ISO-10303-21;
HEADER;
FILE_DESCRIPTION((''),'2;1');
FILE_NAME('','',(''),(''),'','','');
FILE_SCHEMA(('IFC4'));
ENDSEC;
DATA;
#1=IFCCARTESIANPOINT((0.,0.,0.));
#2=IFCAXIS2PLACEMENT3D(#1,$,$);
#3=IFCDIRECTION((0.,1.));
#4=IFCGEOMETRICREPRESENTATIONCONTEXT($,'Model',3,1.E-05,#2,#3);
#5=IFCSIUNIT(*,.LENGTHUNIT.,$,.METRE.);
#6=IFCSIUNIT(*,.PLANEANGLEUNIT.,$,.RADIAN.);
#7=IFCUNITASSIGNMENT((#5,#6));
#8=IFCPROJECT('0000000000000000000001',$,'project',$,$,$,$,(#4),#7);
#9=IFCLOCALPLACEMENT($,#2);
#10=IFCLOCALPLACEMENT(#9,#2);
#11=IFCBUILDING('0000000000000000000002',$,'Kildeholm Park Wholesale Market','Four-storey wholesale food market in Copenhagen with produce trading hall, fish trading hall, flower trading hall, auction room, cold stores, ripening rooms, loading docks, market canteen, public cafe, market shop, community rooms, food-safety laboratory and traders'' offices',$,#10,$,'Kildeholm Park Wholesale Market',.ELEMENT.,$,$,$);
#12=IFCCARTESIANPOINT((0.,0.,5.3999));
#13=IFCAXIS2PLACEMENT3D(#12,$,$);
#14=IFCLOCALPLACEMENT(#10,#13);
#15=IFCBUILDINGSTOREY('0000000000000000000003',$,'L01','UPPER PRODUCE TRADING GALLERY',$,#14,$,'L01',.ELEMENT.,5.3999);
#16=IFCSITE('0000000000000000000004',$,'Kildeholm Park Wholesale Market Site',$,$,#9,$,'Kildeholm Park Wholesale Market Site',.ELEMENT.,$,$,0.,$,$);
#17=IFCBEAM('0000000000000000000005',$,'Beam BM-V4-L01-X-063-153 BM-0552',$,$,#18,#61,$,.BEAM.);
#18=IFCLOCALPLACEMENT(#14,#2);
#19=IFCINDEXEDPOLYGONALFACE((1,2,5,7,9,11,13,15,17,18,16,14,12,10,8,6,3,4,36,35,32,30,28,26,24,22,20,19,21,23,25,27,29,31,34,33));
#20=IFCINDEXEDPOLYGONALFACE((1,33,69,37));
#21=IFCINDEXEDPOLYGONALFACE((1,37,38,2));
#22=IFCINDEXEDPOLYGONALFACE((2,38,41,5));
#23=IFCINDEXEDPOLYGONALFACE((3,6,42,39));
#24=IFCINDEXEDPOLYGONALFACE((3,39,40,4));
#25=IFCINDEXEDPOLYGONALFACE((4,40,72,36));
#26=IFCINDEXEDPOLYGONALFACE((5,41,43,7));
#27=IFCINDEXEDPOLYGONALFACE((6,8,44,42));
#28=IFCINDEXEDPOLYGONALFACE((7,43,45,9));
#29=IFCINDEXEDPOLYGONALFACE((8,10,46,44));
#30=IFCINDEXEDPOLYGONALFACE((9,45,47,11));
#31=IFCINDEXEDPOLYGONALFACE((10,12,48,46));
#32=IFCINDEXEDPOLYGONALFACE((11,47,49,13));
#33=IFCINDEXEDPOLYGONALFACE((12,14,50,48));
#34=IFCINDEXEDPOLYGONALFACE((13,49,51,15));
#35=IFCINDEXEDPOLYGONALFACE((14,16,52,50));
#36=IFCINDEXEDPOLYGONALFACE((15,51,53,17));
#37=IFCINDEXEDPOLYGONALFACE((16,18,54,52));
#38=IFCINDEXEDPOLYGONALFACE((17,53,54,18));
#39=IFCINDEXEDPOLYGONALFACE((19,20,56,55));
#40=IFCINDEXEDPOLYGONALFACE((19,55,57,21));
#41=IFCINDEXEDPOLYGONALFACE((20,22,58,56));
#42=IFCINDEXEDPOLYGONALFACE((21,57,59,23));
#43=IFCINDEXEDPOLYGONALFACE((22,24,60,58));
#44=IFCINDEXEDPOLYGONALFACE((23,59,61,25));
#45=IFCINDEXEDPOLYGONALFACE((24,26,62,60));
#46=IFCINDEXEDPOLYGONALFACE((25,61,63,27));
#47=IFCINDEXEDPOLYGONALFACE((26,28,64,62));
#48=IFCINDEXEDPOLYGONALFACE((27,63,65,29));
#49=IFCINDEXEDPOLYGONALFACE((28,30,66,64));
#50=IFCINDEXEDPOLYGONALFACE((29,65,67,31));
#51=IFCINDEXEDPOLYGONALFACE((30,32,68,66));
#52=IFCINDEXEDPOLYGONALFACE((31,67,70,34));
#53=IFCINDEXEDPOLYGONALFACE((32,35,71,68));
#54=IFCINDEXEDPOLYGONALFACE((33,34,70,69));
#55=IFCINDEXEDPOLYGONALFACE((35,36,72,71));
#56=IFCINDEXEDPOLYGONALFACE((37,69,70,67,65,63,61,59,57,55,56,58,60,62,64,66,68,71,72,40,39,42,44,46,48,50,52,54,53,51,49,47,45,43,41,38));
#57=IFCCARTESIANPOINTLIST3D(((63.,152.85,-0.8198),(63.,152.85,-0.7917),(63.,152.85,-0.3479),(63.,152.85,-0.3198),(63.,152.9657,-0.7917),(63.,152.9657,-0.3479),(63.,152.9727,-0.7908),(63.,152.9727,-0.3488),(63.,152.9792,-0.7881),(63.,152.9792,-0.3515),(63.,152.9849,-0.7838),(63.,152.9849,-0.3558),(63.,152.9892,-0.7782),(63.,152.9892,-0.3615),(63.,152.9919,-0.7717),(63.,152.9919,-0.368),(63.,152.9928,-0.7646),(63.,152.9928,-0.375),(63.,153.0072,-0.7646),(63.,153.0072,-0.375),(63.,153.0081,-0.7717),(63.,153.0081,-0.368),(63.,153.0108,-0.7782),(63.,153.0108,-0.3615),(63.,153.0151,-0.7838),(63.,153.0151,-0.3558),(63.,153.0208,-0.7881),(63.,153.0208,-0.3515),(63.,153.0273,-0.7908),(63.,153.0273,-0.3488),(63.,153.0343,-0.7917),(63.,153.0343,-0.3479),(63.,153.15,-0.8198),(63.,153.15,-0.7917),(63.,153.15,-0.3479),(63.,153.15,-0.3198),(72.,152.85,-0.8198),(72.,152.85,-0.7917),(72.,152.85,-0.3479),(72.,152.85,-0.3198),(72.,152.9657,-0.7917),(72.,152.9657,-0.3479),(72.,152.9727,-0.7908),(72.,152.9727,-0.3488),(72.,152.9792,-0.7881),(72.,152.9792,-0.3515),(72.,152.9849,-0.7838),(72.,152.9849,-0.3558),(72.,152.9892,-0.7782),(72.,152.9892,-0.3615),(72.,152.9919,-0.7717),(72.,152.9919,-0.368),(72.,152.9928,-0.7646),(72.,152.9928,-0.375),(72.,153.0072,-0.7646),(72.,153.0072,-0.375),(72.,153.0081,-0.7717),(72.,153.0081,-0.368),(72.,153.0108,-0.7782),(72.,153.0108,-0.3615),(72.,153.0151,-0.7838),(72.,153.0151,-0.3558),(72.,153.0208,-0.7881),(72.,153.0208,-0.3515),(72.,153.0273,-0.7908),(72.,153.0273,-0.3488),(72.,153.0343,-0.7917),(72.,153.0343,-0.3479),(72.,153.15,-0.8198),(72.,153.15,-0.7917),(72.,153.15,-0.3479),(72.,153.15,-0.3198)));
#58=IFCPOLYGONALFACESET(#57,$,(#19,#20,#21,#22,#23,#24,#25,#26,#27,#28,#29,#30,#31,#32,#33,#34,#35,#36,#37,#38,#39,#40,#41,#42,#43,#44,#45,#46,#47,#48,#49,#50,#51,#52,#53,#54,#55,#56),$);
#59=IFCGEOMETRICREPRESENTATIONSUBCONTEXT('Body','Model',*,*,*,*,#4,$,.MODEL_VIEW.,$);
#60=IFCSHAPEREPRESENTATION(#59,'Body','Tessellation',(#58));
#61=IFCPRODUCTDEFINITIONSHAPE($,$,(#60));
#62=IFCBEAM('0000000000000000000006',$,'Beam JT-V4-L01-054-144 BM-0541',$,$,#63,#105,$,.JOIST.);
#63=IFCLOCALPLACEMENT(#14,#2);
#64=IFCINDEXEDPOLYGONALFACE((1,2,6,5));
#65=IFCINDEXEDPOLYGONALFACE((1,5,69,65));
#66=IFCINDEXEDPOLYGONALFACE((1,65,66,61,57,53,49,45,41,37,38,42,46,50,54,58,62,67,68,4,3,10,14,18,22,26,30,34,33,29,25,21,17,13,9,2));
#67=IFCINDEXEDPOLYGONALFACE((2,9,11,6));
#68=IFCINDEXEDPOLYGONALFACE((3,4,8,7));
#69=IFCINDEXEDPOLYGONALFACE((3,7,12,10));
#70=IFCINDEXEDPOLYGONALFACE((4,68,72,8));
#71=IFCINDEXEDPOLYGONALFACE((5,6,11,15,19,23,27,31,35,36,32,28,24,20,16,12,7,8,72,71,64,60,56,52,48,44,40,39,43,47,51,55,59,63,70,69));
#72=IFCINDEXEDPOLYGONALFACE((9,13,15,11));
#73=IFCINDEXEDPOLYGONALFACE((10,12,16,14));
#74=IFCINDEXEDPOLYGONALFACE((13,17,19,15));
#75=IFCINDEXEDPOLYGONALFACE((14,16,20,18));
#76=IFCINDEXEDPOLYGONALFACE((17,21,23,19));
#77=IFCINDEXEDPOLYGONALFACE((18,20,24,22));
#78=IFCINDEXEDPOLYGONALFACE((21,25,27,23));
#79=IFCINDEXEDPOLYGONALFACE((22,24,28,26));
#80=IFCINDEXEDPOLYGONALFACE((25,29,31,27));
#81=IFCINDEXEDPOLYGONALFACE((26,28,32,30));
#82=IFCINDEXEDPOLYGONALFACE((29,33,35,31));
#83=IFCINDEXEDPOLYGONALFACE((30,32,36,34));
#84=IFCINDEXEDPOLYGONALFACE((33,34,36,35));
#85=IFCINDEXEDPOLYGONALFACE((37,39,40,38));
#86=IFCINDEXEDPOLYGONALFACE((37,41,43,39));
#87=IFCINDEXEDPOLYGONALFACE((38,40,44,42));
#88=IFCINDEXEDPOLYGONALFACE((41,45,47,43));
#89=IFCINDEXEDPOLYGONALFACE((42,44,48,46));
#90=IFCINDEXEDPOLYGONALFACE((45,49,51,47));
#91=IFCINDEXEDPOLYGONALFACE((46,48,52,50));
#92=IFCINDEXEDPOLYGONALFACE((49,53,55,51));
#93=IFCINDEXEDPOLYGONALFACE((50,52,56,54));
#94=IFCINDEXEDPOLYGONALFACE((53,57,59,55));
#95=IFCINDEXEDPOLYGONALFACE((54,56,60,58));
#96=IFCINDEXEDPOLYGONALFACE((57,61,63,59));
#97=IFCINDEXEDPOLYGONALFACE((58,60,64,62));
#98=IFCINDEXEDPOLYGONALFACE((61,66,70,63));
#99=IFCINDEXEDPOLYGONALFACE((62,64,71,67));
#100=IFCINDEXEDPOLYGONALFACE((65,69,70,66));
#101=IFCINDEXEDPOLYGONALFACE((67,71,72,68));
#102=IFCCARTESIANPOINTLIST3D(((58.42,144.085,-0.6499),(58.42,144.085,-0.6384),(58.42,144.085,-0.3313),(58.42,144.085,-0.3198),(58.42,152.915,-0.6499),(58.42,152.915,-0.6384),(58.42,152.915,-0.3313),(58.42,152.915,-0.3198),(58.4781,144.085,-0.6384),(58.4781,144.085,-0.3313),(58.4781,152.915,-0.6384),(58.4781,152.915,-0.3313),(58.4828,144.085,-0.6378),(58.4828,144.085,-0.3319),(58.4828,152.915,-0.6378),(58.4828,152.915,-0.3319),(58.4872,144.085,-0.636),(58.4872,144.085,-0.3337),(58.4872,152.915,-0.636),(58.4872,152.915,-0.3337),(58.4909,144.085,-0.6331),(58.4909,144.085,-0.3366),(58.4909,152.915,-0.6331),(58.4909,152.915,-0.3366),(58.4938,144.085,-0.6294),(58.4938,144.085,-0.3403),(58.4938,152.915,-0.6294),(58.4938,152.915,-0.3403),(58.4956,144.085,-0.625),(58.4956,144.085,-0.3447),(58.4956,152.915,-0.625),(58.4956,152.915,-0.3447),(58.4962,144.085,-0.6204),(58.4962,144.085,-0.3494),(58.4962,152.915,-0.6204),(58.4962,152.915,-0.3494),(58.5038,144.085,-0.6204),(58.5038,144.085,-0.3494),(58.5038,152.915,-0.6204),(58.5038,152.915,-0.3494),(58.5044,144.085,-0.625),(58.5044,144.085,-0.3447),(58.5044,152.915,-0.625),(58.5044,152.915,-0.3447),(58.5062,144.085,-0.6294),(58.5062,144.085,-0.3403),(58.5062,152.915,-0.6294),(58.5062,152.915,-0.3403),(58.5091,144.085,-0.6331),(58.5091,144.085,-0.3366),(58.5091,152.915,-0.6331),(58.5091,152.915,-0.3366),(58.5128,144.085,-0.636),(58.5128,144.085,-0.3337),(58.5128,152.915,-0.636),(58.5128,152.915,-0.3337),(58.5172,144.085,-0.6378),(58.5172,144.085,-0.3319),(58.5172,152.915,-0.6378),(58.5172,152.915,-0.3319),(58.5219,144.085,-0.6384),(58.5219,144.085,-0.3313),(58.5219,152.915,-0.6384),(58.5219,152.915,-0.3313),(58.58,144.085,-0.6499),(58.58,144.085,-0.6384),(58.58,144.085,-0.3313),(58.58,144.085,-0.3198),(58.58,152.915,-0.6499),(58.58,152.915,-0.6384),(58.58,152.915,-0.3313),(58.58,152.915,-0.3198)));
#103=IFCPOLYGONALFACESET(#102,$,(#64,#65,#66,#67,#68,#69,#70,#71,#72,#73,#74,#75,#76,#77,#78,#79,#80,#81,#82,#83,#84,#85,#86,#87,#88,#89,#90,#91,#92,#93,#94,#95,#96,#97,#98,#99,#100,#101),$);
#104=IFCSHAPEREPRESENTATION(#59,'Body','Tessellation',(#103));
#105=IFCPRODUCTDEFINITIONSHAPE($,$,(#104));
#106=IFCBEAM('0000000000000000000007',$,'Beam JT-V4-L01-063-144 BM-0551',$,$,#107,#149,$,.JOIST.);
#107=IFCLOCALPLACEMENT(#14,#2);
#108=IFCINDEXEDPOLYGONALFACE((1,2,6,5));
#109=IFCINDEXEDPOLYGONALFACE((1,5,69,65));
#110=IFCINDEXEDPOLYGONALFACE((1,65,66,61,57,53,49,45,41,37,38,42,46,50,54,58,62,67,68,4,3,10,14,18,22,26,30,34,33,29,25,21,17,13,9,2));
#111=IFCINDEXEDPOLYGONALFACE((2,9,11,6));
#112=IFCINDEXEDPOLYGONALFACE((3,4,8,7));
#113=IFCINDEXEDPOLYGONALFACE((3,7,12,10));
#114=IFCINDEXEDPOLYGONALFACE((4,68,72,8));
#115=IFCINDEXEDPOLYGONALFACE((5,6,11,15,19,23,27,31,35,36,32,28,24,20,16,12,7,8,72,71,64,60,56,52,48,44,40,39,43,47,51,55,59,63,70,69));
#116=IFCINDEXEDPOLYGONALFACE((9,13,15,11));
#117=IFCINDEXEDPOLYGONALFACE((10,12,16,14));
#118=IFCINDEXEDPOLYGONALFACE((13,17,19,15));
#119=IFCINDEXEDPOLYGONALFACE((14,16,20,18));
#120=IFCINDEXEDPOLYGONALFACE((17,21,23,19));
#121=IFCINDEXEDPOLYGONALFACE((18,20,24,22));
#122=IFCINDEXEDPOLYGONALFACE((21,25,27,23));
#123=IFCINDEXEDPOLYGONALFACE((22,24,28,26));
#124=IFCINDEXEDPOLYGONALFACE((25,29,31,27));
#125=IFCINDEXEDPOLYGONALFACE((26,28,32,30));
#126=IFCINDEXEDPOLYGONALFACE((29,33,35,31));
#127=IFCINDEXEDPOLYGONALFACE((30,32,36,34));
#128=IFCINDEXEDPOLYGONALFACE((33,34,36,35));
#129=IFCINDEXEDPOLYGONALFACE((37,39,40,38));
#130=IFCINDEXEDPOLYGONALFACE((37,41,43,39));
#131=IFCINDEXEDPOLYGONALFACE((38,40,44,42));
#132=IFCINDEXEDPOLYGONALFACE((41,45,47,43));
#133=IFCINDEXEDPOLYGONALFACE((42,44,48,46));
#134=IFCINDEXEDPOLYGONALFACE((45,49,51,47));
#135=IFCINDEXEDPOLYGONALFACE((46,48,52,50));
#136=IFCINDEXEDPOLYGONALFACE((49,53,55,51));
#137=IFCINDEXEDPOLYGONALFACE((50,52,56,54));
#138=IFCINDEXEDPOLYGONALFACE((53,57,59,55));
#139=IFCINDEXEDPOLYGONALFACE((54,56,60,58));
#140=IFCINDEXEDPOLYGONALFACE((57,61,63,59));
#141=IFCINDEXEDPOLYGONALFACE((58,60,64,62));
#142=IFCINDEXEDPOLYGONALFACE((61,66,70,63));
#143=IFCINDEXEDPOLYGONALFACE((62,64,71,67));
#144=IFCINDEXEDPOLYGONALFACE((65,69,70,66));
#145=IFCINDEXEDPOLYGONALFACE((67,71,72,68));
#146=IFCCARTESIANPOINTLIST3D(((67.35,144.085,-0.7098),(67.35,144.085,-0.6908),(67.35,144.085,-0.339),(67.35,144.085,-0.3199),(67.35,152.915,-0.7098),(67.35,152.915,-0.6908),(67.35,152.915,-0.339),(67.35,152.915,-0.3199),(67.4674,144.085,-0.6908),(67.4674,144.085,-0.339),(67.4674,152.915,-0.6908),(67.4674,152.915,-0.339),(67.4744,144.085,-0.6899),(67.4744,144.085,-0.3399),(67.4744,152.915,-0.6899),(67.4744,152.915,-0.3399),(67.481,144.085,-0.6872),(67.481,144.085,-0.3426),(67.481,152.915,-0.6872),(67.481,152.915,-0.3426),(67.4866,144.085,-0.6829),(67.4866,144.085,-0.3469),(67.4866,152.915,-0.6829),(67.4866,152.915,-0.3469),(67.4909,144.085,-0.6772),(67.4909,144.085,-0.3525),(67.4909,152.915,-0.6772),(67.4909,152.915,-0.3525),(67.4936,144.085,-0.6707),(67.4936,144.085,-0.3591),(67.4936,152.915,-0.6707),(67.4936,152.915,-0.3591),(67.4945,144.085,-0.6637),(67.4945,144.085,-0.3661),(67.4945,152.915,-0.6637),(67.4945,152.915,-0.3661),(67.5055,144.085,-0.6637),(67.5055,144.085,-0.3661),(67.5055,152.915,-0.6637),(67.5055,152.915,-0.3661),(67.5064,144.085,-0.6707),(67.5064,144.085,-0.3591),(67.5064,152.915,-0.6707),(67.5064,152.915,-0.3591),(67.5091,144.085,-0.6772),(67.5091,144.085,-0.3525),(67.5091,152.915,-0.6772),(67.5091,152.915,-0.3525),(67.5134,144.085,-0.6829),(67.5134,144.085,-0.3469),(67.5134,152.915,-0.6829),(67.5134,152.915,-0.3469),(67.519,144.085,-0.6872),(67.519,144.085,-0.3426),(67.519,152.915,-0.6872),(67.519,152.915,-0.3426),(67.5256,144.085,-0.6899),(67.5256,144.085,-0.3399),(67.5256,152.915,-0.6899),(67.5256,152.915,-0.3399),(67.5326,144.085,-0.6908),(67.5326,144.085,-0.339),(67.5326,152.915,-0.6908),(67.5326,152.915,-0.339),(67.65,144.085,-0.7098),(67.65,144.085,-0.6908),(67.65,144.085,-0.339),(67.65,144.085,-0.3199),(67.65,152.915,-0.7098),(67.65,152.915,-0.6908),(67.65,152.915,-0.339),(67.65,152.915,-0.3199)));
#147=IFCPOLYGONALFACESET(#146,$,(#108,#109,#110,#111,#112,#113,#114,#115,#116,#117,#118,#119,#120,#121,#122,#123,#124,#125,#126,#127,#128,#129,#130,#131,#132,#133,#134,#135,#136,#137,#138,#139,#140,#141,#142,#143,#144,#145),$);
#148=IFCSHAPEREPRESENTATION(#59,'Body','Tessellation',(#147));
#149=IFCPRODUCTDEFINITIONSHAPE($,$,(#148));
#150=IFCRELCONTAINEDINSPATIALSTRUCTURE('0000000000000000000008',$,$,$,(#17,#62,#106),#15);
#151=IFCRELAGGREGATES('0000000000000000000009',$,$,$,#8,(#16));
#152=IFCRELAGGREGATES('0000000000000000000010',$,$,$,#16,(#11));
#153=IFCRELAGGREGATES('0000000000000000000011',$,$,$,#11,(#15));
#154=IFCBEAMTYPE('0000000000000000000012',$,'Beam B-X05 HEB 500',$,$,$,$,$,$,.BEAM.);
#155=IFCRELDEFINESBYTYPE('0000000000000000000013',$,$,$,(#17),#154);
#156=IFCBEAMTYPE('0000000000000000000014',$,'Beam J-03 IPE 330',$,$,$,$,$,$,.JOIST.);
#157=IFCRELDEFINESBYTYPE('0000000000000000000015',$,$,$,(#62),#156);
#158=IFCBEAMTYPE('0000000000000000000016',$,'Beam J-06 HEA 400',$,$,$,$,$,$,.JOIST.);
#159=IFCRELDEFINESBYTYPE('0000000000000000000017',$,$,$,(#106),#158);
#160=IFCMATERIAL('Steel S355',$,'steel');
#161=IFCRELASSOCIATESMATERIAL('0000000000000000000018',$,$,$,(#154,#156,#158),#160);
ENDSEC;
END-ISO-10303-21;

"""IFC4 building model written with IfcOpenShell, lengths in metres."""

from ifc_helpers import new_model, si_unit, direction, frame, origin, origin_2d, place, context, subcontext, project, spatial, i_section, extrude, material, material_profile, profile_set, type_object, element, save


model = new_model("IFC4")

# Units and contexts
model_context = context("Model", 3, precision=1e-05, world=origin(), true_north=direction((0.0, 1.0)))
body_context = subcontext(model_context, "Body", "Model", "MODEL_VIEW")
ifc_project = project(units=[si_unit("LENGTHUNIT", "METRE"), si_unit("PLANEANGLEUNIT", "RADIAN")], contexts=[model_context])

# Site, building, storey
site_placement = place(None, origin())
site = spatial("IfcSite", under=ifc_project, at=site_placement, Name="Kildeholm Park Wholesale Market Site", LongName="Kildeholm Park Wholesale Market Site", CompositionType="ELEMENT", RefElevation=0.0)
building_placement = place(site_placement, origin())
building = spatial("IfcBuilding", under=site, at=building_placement, Name="Kildeholm Park Wholesale Market", Description="Four-storey wholesale food market in Copenhagen with produce trading hall, fish trading hall, flower trading hall, auction room, cold stores, ripening rooms, loading docks, market canteen, public cafe, market shop, community rooms, food-safety laboratory and traders' offices", LongName="Kildeholm Park Wholesale Market", CompositionType="ELEMENT")
storey_placement = place(building_placement, frame((0.0, 0.0, 5.3999)))
storey = spatial("IfcBuildingStorey", under=building, at=storey_placement, Name="L01", Description="UPPER PRODUCE TRADING GALLERY", LongName="L01", CompositionType="ELEMENT", Elevation=5.3999)

# Beams
ifc_material_1 = material(Name="Steel S355", Category="steel")
ifc_material_profile_1 = material_profile(ifc_material_1, i_section(OverallWidth=0.3, OverallDepth=0.5, WebThickness=0.0144, FlangeThickness=0.0281, FilletRadius=0.0271, at=origin_2d()), Name="HEB 500")
ifc_profile_set_1 = profile_set([ifc_material_profile_1], Name="Steel S355")
beam_type_1 = type_object("IfcBeamType", Name="Beam B-X05 HEB 500", PredefinedType="BEAM", material=ifc_profile_set_1)
beam_1_placement = place(storey_placement, frame((63.0, 153.0, -0.5698), z_axis=(1.0, 0.0, 0.0), x_axis=(0.0, 1.0, 0.0)))
element("IfcBeam", 1, at=beam_1_placement, inside=storey, type_object=beam_type_1, Name="Beam BM-V4-L01-X-063-153 BM-0552", PredefinedType="BEAM", context=body_context, shape_type="SweptSolid", body=[
    extrude(i_section(OverallWidth=0.3, OverallDepth=0.5, WebThickness=0.0144, FlangeThickness=0.0281, FilletRadius=0.0271, at=origin_2d()), origin(), (0.0, 0.0, 1.0), 9.0),
])
ifc_material_profile_2 = material_profile(ifc_material_1, i_section(OverallWidth=0.1599, OverallDepth=0.3301, WebThickness=0.0076, FlangeThickness=0.0115, FilletRadius=0.0181, at=origin_2d()), Name="IPE 330")
ifc_profile_set_2 = profile_set([ifc_material_profile_2], Name="Steel S355")
beam_type_2 = type_object("IfcBeamType", Name="Beam J-03 IPE 330", PredefinedType="JOIST", material=ifc_profile_set_2)
beam_2_placement = place(storey_placement, frame((58.5, 144.085, -0.4849), z_axis=(0.0, 1.0, 0.0), x_axis=(-1.0, 0.0, 0.0)))
element("IfcBeam", 2, at=beam_2_placement, inside=storey, type_object=beam_type_2, Name="Beam JT-V4-L01-054-144 BM-0541", PredefinedType="JOIST", context=body_context, shape_type="SweptSolid", body=[
    extrude(i_section(OverallWidth=0.1599, OverallDepth=0.3301, WebThickness=0.0076, FlangeThickness=0.0115, FilletRadius=0.0181, at=origin_2d()), origin(), (0.0, 0.0, 1.0), 8.8301),
])
ifc_material_profile_3 = material_profile(ifc_material_1, i_section(OverallWidth=0.3, OverallDepth=0.3899, WebThickness=0.011, FlangeThickness=0.019, FilletRadius=0.0271, at=origin_2d()), Name="HEA 400")
ifc_profile_set_3 = profile_set([ifc_material_profile_3], Name="Steel S355")
beam_type_3 = type_object("IfcBeamType", Name="Beam J-06 HEA 400", PredefinedType="JOIST", material=ifc_profile_set_3)
beam_3_placement = place(storey_placement, frame((67.5, 144.085, -0.5149), z_axis=(0.0, 1.0, 0.0), x_axis=(-1.0, 0.0, 0.0)))
element("IfcBeam", 3, at=beam_3_placement, inside=storey, type_object=beam_type_3, Name="Beam JT-V4-L01-063-144 BM-0551", PredefinedType="JOIST", context=body_context, shape_type="SweptSolid", body=[
    extrude(i_section(OverallWidth=0.3, OverallDepth=0.3899, WebThickness=0.011, FlangeThickness=0.019, FilletRadius=0.0271, at=origin_2d()), origin(), (0.0, 0.0, 1.0), 8.8301),
])

save(model, "model.ifc")
